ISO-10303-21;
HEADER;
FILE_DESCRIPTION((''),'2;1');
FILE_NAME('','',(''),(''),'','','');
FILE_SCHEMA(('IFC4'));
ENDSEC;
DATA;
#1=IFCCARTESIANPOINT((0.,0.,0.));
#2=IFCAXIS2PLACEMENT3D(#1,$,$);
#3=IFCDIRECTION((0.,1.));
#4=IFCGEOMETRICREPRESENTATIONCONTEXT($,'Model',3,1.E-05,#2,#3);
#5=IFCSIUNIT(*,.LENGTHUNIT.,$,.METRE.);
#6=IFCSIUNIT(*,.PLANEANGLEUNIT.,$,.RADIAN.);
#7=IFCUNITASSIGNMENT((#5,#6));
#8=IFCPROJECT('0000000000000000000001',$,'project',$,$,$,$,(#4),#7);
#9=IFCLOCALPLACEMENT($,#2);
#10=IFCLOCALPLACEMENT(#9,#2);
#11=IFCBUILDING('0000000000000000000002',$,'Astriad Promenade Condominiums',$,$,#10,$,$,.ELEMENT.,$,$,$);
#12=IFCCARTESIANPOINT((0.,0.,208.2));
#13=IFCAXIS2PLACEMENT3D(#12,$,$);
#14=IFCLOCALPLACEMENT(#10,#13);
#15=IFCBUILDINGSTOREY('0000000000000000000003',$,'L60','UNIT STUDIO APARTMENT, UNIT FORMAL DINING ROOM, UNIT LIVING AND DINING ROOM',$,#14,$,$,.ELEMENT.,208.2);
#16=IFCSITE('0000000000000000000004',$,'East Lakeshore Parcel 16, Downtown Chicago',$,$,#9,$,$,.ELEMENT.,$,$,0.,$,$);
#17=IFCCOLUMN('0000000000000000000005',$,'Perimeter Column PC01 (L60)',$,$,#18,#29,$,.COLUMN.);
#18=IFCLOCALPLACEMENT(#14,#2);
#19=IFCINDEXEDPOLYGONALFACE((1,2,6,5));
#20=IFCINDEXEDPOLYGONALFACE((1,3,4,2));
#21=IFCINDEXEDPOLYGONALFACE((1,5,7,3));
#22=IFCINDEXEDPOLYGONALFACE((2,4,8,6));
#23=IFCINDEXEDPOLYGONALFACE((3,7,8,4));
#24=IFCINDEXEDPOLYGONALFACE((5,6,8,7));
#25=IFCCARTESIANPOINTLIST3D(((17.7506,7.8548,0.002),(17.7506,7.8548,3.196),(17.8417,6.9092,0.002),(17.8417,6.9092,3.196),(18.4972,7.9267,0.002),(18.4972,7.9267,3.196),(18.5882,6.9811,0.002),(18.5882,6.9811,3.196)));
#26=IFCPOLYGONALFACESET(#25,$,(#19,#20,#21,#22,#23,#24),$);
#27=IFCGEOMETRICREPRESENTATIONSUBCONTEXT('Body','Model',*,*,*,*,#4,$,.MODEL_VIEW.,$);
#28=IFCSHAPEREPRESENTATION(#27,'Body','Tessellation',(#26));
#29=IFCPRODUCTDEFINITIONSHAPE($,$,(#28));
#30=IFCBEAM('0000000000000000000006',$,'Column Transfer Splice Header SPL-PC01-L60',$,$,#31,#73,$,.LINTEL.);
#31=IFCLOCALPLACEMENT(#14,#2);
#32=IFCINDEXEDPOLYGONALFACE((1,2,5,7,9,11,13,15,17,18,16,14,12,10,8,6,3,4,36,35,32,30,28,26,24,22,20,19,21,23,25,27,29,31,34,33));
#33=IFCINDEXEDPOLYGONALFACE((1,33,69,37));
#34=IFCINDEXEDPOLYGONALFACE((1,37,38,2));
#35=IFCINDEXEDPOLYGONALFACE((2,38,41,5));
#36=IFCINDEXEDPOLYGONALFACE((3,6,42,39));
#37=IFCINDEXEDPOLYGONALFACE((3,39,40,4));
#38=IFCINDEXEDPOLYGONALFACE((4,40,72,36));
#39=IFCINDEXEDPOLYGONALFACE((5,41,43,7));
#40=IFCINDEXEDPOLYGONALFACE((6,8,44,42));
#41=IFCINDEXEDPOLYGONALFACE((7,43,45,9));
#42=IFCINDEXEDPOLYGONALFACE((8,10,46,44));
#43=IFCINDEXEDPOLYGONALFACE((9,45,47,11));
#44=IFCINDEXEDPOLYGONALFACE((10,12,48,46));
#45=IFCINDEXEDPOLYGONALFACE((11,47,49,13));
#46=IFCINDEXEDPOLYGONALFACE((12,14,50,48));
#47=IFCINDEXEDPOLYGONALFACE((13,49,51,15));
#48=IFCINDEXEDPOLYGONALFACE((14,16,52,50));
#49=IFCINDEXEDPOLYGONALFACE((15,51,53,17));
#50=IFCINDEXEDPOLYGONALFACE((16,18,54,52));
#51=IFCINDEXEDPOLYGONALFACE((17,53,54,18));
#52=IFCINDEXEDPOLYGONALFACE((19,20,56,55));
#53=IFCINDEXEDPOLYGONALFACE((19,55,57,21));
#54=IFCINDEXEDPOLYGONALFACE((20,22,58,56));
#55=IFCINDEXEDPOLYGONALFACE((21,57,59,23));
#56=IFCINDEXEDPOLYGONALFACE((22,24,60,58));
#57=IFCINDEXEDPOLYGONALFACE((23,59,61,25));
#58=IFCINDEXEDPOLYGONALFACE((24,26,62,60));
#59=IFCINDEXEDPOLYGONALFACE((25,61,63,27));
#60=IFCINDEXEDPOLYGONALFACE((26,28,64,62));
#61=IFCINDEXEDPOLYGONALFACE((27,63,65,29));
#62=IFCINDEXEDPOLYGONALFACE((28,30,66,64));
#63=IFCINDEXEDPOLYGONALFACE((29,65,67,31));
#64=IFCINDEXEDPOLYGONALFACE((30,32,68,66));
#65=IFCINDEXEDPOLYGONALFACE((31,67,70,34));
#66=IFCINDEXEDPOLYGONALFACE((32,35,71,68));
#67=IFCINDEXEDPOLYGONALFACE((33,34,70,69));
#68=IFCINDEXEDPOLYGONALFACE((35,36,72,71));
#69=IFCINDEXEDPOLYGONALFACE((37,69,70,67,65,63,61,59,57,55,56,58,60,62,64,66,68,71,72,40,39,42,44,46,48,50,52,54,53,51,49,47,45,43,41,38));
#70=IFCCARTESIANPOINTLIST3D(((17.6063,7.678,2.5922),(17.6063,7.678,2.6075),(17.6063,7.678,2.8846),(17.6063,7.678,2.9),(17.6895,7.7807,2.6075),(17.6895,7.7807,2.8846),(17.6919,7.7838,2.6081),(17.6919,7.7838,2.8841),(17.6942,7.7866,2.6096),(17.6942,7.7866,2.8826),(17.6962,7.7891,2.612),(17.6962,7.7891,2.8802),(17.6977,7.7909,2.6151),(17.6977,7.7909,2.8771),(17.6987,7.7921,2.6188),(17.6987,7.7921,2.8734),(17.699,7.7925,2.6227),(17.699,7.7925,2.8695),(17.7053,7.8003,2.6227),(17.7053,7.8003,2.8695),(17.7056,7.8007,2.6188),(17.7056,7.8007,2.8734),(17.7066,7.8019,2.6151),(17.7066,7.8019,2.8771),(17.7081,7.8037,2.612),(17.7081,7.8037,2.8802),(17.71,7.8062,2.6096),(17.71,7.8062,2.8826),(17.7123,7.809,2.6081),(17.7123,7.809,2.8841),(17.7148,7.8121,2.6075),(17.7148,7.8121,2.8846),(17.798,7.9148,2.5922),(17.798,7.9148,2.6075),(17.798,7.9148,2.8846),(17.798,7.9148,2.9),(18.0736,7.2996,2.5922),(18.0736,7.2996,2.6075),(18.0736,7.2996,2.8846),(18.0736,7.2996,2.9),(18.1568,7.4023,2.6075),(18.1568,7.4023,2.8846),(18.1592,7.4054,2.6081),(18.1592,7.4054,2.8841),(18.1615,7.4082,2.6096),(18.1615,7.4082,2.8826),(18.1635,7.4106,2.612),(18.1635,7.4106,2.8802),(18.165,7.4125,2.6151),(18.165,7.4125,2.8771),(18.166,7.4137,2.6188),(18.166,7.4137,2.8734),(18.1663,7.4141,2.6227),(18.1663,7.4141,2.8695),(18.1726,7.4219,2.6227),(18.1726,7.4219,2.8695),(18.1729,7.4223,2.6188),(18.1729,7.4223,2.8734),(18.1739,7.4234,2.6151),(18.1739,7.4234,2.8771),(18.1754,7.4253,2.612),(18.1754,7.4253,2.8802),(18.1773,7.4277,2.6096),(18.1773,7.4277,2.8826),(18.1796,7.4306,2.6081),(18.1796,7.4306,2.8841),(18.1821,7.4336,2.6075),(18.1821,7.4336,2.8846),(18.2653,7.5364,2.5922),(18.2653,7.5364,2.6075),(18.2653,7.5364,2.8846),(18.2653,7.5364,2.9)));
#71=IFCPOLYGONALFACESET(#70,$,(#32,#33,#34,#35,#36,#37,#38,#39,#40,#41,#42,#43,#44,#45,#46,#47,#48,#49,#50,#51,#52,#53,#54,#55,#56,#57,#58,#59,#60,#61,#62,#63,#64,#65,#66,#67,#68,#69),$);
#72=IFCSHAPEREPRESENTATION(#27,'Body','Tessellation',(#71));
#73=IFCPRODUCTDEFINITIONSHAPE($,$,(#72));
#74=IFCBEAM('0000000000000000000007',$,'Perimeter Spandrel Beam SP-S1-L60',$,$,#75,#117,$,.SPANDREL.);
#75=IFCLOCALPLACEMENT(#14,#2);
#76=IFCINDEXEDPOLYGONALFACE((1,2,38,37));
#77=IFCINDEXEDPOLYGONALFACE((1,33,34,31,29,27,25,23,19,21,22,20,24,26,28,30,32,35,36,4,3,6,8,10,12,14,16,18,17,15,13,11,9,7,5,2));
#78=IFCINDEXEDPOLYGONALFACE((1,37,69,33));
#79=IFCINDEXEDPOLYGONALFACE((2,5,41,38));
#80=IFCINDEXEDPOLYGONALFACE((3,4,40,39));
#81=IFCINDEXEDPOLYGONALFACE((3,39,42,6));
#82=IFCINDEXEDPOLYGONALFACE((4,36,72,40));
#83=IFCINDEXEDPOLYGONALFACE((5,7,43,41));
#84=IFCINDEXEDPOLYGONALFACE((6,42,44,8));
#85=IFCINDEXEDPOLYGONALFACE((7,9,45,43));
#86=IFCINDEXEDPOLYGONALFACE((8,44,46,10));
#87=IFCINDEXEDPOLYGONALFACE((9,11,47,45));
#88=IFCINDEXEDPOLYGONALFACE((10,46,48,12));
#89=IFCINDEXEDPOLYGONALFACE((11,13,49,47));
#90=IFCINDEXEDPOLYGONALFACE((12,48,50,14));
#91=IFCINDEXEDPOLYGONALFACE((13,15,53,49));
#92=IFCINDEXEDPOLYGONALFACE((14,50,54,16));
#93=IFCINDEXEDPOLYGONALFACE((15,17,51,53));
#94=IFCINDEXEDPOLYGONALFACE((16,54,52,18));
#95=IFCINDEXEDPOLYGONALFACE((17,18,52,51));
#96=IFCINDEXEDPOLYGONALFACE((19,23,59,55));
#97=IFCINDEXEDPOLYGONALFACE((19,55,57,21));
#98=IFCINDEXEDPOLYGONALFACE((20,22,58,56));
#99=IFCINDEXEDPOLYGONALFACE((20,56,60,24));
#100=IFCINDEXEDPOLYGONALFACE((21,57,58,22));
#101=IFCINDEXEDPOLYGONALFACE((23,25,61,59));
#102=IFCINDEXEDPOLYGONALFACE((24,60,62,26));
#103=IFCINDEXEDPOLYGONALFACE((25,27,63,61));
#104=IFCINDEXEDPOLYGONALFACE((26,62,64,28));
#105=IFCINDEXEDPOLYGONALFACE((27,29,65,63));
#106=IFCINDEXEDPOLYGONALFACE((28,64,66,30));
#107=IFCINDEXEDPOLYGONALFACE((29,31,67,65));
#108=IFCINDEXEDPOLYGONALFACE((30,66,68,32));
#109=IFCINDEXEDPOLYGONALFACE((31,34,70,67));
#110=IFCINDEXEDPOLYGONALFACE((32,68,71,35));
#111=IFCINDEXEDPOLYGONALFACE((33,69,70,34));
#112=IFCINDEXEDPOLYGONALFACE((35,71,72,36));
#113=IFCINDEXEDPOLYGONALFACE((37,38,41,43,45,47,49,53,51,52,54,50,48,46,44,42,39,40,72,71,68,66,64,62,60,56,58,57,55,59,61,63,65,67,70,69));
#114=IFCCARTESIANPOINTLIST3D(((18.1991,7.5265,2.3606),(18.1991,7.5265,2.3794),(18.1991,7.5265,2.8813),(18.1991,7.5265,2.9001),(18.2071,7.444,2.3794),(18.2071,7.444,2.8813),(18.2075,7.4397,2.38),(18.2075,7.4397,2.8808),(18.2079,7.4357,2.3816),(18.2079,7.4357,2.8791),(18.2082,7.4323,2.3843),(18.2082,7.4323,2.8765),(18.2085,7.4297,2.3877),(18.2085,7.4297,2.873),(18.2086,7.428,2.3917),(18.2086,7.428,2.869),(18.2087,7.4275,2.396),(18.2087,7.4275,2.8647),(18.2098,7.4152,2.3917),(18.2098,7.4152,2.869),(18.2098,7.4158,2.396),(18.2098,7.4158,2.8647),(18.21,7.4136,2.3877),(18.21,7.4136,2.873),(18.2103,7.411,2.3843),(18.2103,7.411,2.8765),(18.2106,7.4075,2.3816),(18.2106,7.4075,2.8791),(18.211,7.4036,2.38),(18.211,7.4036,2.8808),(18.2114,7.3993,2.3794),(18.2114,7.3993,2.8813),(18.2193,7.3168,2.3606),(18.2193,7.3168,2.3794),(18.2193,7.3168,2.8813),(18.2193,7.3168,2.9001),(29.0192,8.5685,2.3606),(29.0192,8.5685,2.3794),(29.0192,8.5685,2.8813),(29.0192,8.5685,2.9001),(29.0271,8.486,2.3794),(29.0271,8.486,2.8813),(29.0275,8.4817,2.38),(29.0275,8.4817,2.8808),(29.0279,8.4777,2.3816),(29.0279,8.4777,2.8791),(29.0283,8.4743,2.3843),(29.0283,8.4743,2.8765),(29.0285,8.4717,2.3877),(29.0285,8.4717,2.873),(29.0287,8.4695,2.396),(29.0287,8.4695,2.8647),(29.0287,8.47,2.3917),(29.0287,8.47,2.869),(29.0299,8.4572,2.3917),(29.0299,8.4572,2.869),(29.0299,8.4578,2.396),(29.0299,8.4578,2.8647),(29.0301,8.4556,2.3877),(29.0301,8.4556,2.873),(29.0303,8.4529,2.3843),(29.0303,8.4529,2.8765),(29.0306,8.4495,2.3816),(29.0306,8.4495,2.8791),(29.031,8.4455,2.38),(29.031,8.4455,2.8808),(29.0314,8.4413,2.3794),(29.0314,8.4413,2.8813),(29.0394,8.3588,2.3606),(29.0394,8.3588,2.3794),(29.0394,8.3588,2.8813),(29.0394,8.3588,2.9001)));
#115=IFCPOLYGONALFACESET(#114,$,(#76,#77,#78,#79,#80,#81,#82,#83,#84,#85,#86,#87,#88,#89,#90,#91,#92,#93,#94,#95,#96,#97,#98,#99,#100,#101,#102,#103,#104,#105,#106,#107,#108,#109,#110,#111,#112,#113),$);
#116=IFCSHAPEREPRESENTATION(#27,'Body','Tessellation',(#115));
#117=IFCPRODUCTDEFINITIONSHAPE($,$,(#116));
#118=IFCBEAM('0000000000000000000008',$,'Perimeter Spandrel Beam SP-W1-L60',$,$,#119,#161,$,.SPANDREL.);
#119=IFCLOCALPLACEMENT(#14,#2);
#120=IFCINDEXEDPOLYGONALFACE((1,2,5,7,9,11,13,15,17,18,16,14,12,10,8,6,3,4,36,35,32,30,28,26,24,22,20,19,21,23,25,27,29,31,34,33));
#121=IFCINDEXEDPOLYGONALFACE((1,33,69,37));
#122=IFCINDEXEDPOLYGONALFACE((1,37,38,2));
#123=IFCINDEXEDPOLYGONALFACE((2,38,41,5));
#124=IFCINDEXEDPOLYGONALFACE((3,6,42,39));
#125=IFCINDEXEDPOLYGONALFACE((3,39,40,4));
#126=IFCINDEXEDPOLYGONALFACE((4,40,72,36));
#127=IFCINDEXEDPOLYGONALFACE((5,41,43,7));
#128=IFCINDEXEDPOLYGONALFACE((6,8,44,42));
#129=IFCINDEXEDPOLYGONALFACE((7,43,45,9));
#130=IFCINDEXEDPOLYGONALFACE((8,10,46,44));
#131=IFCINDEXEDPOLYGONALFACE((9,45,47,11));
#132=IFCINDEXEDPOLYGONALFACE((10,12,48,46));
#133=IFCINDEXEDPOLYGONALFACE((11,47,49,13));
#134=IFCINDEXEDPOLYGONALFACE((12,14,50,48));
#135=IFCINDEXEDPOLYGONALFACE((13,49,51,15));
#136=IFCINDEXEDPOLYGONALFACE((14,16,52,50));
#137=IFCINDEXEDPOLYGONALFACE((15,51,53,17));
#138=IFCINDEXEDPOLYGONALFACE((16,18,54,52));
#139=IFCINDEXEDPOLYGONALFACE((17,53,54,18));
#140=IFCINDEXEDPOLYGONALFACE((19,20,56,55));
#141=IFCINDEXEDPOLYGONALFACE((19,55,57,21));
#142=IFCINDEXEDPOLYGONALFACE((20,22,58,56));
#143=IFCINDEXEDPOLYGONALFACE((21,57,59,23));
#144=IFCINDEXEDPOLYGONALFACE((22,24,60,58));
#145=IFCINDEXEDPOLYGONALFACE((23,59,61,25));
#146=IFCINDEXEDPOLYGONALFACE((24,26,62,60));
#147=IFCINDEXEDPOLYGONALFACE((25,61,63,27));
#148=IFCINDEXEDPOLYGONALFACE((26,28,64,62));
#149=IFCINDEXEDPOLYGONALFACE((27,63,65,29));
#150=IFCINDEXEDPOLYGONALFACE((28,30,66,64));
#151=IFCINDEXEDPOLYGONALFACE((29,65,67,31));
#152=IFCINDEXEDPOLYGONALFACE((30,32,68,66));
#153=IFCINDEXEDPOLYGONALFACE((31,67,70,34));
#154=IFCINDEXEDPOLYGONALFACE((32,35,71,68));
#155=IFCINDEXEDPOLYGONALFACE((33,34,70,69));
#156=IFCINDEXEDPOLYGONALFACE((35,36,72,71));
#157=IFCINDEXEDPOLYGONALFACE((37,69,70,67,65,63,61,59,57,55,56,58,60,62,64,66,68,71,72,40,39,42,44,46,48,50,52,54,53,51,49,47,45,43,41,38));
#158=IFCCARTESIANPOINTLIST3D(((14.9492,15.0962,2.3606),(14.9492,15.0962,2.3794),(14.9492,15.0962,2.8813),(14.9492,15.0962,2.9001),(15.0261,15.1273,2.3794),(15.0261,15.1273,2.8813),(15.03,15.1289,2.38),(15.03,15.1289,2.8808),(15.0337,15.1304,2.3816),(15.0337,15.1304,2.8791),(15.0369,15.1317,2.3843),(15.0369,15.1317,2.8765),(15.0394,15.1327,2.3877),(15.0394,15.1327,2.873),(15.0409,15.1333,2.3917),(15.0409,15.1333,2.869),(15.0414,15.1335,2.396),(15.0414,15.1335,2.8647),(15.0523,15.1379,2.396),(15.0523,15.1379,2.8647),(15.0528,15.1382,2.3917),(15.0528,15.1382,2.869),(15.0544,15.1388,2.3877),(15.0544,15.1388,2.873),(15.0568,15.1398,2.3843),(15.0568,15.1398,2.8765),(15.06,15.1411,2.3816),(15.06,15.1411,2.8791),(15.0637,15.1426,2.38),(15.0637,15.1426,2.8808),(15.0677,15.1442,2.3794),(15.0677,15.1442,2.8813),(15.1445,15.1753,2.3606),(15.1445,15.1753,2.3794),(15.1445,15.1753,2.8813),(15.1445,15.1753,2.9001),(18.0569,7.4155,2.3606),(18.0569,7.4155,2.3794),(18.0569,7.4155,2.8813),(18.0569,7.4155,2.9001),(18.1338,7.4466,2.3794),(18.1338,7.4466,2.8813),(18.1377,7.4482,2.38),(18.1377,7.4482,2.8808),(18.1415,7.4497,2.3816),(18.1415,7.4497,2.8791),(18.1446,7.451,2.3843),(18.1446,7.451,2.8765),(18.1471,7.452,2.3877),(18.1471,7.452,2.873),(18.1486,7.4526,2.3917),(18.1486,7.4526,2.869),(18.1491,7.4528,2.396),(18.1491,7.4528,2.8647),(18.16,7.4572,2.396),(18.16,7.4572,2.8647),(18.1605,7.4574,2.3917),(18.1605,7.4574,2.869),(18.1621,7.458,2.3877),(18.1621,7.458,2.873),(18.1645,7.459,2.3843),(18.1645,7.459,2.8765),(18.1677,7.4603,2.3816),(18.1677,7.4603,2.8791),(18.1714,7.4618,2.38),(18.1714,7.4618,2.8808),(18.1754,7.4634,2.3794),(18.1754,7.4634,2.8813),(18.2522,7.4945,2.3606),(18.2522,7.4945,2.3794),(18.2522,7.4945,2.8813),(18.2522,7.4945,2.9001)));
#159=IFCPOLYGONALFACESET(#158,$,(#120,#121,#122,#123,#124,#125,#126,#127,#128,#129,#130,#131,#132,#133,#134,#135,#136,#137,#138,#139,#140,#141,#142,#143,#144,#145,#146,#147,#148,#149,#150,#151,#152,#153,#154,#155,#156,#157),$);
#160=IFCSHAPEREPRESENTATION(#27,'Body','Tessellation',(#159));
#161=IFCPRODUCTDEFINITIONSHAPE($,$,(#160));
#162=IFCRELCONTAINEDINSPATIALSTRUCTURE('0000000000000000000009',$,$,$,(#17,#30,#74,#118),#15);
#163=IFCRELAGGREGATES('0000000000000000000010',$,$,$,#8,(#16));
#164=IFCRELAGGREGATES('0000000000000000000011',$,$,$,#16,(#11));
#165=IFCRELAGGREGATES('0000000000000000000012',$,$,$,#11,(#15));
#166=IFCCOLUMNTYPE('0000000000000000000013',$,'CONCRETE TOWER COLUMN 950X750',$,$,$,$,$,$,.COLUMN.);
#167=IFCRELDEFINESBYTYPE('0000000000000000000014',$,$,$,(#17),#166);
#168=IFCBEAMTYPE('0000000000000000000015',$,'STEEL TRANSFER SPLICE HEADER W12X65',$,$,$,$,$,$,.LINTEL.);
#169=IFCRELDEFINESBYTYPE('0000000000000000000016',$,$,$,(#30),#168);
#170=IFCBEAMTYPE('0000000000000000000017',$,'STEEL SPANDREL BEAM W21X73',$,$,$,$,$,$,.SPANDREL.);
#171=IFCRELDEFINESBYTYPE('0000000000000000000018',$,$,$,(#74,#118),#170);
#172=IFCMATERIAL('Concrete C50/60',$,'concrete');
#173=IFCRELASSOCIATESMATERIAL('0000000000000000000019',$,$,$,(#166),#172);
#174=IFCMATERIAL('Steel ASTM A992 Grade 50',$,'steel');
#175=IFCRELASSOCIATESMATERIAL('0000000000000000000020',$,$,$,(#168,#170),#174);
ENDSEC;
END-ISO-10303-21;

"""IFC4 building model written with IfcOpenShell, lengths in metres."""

from ifc_helpers import new_model, si_unit, direction, frame, origin, origin_2d, place, context, subcontext, project, spatial, rectangle, i_section, extrude, source, transform, mapped, material, material_profile, profile_set, type_object, type_shapes, element, save


model = new_model("IFC4")

# Units and contexts
model_context = context("Model", 3, precision=1e-05, world=origin(), true_north=direction((0.0, 1.0)))
body_context = subcontext(model_context, "Body", "Model", "MODEL_VIEW")
ifc_project = project(units=[si_unit("LENGTHUNIT", "METRE"), si_unit("PLANEANGLEUNIT", "RADIAN")], contexts=[model_context])

# Site, building, storey
site_placement = place(None, origin())
site = spatial("IfcSite", under=ifc_project, at=site_placement, Name="East Lakeshore Parcel 16, Downtown Chicago", CompositionType="ELEMENT", RefElevation=0.0)
building_placement = place(site_placement, origin())
building = spatial("IfcBuilding", under=site, at=building_placement, Name="Astriad Promenade Condominiums", CompositionType="ELEMENT")
storey_placement = place(building_placement, frame((0.0, 0.0, 208.2)))
storey = spatial("IfcBuildingStorey", under=building, at=storey_placement, Name="L60", Description="UNIT STUDIO APARTMENT, UNIT FORMAL DINING ROOM, UNIT LIVING AND DINING ROOM", CompositionType="ELEMENT", Elevation=208.2)

# Column
ifc_material_1 = material(Name="Concrete C50/60", Category="concrete")
ifc_material_profile_1 = material_profile(ifc_material_1, rectangle(XDim=0.75, YDim=0.95, at=origin_2d()), Name="RC-COL-950X750")
ifc_profile_set_1 = profile_set([ifc_material_profile_1], Name="Concrete C50/60")
column_type = type_object("IfcColumnType", Name="CONCRETE TOWER COLUMN 950X750", PredefinedType="COLUMN", material=ifc_profile_set_1)
shared_shape_1 = source(origin(), body_context, "Body", "SweptSolid", [
    extrude(rectangle(XDim=0.75, YDim=0.95, at=origin_2d()), origin(), (0.0, 0.0, 1.0), 3.1941),
])
type_shapes(column_type, [shared_shape_1])
column_placement = place(storey_placement, frame((18.1694, 7.418, 0.002), z_axis=(0.0, 0.0, 1.0), x_axis=(0.995396, 0.095846, 0.0)))
element("IfcColumn", 1, at=column_placement, inside=storey, type_object=column_type, Name="Perimeter Column PC01 (L60)", PredefinedType="COLUMN", context=body_context, shape_type="MappedRepresentation", body=[
    mapped(shared_shape_1, transform((0.0, 0.0, 0.0), scale=1.0)),
])

# Beams
ifc_material_2 = material(Name="Steel ASTM A992 Grade 50", Category="steel")
ifc_material_profile_2 = material_profile(ifc_material_2, i_section(OverallWidth=0.3047, OverallDepth=0.3079, WebThickness=0.01, FlangeThickness=0.0154, FilletRadius=0.0151, at=origin_2d()), Name="W12X65")
ifc_profile_set_2 = profile_set([ifc_material_profile_2], Name="Steel ASTM A992 Grade 50")
beam_type_1 = type_object("IfcBeamType", Name="STEEL TRANSFER SPLICE HEADER W12X65", PredefinedType="LINTEL", material=ifc_profile_set_2)
shared_shape_2 = source(origin(), body_context, "Body", "SweptSolid", [
    extrude(i_section(OverallWidth=0.3047, OverallDepth=0.3079, WebThickness=0.01, FlangeThickness=0.0154, FilletRadius=0.0151, at=origin_2d()), origin(), (0.0, 0.0, 1.0), 0.6013),
])
type_shapes(beam_type_1, [shared_shape_2])
beam_1_placement = place(storey_placement, frame((18.1694, 7.418, 2.7461), z_axis=(-0.777131, 0.629338, 0.0), x_axis=(-0.629338, -0.777131, 0.0)))
element("IfcBeam", 2, at=beam_1_placement, inside=storey, type_object=beam_type_1, Name="Column Transfer Splice Header SPL-PC01-L60", PredefinedType="LINTEL", context=body_context, shape_type="MappedRepresentation", body=[
    mapped(shared_shape_2, transform((0.0, 0.0, 0.0), scale=1.0)),
])
ifc_material_profile_3 = material_profile(ifc_material_2, i_section(OverallWidth=0.2107, OverallDepth=0.5396, WebThickness=0.0117, FlangeThickness=0.0188, FilletRadius=0.0166, at=origin_2d()), Name="W21X73")
ifc_profile_set_3 = profile_set([ifc_material_profile_3], Name="Steel ASTM A992 Grade 50")
beam_type_2 = type_object("IfcBeamType", Name="STEEL SPANDREL BEAM W21X73", PredefinedType="SPANDREL", material=ifc_profile_set_3)
shared_shape_3 = source(origin(), body_context, "Body", "SweptSolid", [
    extrude(i_section(OverallWidth=0.2107, OverallDepth=0.5396, WebThickness=0.0117, FlangeThickness=0.0188, FilletRadius=0.0166, at=origin_2d()), origin(), (0.0, 0.0, 1.0), 10.8701),
])
beam_2_placement = place(storey_placement, frame((18.2092, 7.4216, 2.6304), z_axis=(0.995395, 0.095858, 0.0), x_axis=(-0.095858, 0.995395, 0.0)))
element("IfcBeam", 3, at=beam_2_placement, inside=storey, type_object=beam_type_2, Name="Perimeter Spandrel Beam SP-S1-L60", PredefinedType="SPANDREL", context=body_context, shape_type="MappedRepresentation", body=[
    mapped(shared_shape_3, transform((0.0, 0.0, 0.0), scale=1.0)),
])
shared_shape_4 = source(origin(), body_context, "Body", "SweptSolid", [
    extrude(i_section(OverallWidth=0.2107, OverallDepth=0.5396, WebThickness=0.0117, FlangeThickness=0.0188, FilletRadius=0.0166, at=origin_2d()), origin(), (0.0, 0.0, 1.0), 8.2856),
])
type_shapes(beam_type_2, [shared_shape_3, shared_shape_4])
beam_3_placement = place(storey_placement, frame((15.0469, 15.1357, 2.6304), z_axis=(0.375071, -0.926996, 0.0), x_axis=(0.926996, 0.375071, 0.0)))
element("IfcBeam", 4, at=beam_3_placement, inside=storey, type_object=beam_type_2, Name="Perimeter Spandrel Beam SP-W1-L60", PredefinedType="SPANDREL", context=body_context, shape_type="MappedRepresentation", body=[
    mapped(shared_shape_4, transform((0.0, 0.0, 0.0), scale=1.0)),
])

save(model, "model.ifc")
